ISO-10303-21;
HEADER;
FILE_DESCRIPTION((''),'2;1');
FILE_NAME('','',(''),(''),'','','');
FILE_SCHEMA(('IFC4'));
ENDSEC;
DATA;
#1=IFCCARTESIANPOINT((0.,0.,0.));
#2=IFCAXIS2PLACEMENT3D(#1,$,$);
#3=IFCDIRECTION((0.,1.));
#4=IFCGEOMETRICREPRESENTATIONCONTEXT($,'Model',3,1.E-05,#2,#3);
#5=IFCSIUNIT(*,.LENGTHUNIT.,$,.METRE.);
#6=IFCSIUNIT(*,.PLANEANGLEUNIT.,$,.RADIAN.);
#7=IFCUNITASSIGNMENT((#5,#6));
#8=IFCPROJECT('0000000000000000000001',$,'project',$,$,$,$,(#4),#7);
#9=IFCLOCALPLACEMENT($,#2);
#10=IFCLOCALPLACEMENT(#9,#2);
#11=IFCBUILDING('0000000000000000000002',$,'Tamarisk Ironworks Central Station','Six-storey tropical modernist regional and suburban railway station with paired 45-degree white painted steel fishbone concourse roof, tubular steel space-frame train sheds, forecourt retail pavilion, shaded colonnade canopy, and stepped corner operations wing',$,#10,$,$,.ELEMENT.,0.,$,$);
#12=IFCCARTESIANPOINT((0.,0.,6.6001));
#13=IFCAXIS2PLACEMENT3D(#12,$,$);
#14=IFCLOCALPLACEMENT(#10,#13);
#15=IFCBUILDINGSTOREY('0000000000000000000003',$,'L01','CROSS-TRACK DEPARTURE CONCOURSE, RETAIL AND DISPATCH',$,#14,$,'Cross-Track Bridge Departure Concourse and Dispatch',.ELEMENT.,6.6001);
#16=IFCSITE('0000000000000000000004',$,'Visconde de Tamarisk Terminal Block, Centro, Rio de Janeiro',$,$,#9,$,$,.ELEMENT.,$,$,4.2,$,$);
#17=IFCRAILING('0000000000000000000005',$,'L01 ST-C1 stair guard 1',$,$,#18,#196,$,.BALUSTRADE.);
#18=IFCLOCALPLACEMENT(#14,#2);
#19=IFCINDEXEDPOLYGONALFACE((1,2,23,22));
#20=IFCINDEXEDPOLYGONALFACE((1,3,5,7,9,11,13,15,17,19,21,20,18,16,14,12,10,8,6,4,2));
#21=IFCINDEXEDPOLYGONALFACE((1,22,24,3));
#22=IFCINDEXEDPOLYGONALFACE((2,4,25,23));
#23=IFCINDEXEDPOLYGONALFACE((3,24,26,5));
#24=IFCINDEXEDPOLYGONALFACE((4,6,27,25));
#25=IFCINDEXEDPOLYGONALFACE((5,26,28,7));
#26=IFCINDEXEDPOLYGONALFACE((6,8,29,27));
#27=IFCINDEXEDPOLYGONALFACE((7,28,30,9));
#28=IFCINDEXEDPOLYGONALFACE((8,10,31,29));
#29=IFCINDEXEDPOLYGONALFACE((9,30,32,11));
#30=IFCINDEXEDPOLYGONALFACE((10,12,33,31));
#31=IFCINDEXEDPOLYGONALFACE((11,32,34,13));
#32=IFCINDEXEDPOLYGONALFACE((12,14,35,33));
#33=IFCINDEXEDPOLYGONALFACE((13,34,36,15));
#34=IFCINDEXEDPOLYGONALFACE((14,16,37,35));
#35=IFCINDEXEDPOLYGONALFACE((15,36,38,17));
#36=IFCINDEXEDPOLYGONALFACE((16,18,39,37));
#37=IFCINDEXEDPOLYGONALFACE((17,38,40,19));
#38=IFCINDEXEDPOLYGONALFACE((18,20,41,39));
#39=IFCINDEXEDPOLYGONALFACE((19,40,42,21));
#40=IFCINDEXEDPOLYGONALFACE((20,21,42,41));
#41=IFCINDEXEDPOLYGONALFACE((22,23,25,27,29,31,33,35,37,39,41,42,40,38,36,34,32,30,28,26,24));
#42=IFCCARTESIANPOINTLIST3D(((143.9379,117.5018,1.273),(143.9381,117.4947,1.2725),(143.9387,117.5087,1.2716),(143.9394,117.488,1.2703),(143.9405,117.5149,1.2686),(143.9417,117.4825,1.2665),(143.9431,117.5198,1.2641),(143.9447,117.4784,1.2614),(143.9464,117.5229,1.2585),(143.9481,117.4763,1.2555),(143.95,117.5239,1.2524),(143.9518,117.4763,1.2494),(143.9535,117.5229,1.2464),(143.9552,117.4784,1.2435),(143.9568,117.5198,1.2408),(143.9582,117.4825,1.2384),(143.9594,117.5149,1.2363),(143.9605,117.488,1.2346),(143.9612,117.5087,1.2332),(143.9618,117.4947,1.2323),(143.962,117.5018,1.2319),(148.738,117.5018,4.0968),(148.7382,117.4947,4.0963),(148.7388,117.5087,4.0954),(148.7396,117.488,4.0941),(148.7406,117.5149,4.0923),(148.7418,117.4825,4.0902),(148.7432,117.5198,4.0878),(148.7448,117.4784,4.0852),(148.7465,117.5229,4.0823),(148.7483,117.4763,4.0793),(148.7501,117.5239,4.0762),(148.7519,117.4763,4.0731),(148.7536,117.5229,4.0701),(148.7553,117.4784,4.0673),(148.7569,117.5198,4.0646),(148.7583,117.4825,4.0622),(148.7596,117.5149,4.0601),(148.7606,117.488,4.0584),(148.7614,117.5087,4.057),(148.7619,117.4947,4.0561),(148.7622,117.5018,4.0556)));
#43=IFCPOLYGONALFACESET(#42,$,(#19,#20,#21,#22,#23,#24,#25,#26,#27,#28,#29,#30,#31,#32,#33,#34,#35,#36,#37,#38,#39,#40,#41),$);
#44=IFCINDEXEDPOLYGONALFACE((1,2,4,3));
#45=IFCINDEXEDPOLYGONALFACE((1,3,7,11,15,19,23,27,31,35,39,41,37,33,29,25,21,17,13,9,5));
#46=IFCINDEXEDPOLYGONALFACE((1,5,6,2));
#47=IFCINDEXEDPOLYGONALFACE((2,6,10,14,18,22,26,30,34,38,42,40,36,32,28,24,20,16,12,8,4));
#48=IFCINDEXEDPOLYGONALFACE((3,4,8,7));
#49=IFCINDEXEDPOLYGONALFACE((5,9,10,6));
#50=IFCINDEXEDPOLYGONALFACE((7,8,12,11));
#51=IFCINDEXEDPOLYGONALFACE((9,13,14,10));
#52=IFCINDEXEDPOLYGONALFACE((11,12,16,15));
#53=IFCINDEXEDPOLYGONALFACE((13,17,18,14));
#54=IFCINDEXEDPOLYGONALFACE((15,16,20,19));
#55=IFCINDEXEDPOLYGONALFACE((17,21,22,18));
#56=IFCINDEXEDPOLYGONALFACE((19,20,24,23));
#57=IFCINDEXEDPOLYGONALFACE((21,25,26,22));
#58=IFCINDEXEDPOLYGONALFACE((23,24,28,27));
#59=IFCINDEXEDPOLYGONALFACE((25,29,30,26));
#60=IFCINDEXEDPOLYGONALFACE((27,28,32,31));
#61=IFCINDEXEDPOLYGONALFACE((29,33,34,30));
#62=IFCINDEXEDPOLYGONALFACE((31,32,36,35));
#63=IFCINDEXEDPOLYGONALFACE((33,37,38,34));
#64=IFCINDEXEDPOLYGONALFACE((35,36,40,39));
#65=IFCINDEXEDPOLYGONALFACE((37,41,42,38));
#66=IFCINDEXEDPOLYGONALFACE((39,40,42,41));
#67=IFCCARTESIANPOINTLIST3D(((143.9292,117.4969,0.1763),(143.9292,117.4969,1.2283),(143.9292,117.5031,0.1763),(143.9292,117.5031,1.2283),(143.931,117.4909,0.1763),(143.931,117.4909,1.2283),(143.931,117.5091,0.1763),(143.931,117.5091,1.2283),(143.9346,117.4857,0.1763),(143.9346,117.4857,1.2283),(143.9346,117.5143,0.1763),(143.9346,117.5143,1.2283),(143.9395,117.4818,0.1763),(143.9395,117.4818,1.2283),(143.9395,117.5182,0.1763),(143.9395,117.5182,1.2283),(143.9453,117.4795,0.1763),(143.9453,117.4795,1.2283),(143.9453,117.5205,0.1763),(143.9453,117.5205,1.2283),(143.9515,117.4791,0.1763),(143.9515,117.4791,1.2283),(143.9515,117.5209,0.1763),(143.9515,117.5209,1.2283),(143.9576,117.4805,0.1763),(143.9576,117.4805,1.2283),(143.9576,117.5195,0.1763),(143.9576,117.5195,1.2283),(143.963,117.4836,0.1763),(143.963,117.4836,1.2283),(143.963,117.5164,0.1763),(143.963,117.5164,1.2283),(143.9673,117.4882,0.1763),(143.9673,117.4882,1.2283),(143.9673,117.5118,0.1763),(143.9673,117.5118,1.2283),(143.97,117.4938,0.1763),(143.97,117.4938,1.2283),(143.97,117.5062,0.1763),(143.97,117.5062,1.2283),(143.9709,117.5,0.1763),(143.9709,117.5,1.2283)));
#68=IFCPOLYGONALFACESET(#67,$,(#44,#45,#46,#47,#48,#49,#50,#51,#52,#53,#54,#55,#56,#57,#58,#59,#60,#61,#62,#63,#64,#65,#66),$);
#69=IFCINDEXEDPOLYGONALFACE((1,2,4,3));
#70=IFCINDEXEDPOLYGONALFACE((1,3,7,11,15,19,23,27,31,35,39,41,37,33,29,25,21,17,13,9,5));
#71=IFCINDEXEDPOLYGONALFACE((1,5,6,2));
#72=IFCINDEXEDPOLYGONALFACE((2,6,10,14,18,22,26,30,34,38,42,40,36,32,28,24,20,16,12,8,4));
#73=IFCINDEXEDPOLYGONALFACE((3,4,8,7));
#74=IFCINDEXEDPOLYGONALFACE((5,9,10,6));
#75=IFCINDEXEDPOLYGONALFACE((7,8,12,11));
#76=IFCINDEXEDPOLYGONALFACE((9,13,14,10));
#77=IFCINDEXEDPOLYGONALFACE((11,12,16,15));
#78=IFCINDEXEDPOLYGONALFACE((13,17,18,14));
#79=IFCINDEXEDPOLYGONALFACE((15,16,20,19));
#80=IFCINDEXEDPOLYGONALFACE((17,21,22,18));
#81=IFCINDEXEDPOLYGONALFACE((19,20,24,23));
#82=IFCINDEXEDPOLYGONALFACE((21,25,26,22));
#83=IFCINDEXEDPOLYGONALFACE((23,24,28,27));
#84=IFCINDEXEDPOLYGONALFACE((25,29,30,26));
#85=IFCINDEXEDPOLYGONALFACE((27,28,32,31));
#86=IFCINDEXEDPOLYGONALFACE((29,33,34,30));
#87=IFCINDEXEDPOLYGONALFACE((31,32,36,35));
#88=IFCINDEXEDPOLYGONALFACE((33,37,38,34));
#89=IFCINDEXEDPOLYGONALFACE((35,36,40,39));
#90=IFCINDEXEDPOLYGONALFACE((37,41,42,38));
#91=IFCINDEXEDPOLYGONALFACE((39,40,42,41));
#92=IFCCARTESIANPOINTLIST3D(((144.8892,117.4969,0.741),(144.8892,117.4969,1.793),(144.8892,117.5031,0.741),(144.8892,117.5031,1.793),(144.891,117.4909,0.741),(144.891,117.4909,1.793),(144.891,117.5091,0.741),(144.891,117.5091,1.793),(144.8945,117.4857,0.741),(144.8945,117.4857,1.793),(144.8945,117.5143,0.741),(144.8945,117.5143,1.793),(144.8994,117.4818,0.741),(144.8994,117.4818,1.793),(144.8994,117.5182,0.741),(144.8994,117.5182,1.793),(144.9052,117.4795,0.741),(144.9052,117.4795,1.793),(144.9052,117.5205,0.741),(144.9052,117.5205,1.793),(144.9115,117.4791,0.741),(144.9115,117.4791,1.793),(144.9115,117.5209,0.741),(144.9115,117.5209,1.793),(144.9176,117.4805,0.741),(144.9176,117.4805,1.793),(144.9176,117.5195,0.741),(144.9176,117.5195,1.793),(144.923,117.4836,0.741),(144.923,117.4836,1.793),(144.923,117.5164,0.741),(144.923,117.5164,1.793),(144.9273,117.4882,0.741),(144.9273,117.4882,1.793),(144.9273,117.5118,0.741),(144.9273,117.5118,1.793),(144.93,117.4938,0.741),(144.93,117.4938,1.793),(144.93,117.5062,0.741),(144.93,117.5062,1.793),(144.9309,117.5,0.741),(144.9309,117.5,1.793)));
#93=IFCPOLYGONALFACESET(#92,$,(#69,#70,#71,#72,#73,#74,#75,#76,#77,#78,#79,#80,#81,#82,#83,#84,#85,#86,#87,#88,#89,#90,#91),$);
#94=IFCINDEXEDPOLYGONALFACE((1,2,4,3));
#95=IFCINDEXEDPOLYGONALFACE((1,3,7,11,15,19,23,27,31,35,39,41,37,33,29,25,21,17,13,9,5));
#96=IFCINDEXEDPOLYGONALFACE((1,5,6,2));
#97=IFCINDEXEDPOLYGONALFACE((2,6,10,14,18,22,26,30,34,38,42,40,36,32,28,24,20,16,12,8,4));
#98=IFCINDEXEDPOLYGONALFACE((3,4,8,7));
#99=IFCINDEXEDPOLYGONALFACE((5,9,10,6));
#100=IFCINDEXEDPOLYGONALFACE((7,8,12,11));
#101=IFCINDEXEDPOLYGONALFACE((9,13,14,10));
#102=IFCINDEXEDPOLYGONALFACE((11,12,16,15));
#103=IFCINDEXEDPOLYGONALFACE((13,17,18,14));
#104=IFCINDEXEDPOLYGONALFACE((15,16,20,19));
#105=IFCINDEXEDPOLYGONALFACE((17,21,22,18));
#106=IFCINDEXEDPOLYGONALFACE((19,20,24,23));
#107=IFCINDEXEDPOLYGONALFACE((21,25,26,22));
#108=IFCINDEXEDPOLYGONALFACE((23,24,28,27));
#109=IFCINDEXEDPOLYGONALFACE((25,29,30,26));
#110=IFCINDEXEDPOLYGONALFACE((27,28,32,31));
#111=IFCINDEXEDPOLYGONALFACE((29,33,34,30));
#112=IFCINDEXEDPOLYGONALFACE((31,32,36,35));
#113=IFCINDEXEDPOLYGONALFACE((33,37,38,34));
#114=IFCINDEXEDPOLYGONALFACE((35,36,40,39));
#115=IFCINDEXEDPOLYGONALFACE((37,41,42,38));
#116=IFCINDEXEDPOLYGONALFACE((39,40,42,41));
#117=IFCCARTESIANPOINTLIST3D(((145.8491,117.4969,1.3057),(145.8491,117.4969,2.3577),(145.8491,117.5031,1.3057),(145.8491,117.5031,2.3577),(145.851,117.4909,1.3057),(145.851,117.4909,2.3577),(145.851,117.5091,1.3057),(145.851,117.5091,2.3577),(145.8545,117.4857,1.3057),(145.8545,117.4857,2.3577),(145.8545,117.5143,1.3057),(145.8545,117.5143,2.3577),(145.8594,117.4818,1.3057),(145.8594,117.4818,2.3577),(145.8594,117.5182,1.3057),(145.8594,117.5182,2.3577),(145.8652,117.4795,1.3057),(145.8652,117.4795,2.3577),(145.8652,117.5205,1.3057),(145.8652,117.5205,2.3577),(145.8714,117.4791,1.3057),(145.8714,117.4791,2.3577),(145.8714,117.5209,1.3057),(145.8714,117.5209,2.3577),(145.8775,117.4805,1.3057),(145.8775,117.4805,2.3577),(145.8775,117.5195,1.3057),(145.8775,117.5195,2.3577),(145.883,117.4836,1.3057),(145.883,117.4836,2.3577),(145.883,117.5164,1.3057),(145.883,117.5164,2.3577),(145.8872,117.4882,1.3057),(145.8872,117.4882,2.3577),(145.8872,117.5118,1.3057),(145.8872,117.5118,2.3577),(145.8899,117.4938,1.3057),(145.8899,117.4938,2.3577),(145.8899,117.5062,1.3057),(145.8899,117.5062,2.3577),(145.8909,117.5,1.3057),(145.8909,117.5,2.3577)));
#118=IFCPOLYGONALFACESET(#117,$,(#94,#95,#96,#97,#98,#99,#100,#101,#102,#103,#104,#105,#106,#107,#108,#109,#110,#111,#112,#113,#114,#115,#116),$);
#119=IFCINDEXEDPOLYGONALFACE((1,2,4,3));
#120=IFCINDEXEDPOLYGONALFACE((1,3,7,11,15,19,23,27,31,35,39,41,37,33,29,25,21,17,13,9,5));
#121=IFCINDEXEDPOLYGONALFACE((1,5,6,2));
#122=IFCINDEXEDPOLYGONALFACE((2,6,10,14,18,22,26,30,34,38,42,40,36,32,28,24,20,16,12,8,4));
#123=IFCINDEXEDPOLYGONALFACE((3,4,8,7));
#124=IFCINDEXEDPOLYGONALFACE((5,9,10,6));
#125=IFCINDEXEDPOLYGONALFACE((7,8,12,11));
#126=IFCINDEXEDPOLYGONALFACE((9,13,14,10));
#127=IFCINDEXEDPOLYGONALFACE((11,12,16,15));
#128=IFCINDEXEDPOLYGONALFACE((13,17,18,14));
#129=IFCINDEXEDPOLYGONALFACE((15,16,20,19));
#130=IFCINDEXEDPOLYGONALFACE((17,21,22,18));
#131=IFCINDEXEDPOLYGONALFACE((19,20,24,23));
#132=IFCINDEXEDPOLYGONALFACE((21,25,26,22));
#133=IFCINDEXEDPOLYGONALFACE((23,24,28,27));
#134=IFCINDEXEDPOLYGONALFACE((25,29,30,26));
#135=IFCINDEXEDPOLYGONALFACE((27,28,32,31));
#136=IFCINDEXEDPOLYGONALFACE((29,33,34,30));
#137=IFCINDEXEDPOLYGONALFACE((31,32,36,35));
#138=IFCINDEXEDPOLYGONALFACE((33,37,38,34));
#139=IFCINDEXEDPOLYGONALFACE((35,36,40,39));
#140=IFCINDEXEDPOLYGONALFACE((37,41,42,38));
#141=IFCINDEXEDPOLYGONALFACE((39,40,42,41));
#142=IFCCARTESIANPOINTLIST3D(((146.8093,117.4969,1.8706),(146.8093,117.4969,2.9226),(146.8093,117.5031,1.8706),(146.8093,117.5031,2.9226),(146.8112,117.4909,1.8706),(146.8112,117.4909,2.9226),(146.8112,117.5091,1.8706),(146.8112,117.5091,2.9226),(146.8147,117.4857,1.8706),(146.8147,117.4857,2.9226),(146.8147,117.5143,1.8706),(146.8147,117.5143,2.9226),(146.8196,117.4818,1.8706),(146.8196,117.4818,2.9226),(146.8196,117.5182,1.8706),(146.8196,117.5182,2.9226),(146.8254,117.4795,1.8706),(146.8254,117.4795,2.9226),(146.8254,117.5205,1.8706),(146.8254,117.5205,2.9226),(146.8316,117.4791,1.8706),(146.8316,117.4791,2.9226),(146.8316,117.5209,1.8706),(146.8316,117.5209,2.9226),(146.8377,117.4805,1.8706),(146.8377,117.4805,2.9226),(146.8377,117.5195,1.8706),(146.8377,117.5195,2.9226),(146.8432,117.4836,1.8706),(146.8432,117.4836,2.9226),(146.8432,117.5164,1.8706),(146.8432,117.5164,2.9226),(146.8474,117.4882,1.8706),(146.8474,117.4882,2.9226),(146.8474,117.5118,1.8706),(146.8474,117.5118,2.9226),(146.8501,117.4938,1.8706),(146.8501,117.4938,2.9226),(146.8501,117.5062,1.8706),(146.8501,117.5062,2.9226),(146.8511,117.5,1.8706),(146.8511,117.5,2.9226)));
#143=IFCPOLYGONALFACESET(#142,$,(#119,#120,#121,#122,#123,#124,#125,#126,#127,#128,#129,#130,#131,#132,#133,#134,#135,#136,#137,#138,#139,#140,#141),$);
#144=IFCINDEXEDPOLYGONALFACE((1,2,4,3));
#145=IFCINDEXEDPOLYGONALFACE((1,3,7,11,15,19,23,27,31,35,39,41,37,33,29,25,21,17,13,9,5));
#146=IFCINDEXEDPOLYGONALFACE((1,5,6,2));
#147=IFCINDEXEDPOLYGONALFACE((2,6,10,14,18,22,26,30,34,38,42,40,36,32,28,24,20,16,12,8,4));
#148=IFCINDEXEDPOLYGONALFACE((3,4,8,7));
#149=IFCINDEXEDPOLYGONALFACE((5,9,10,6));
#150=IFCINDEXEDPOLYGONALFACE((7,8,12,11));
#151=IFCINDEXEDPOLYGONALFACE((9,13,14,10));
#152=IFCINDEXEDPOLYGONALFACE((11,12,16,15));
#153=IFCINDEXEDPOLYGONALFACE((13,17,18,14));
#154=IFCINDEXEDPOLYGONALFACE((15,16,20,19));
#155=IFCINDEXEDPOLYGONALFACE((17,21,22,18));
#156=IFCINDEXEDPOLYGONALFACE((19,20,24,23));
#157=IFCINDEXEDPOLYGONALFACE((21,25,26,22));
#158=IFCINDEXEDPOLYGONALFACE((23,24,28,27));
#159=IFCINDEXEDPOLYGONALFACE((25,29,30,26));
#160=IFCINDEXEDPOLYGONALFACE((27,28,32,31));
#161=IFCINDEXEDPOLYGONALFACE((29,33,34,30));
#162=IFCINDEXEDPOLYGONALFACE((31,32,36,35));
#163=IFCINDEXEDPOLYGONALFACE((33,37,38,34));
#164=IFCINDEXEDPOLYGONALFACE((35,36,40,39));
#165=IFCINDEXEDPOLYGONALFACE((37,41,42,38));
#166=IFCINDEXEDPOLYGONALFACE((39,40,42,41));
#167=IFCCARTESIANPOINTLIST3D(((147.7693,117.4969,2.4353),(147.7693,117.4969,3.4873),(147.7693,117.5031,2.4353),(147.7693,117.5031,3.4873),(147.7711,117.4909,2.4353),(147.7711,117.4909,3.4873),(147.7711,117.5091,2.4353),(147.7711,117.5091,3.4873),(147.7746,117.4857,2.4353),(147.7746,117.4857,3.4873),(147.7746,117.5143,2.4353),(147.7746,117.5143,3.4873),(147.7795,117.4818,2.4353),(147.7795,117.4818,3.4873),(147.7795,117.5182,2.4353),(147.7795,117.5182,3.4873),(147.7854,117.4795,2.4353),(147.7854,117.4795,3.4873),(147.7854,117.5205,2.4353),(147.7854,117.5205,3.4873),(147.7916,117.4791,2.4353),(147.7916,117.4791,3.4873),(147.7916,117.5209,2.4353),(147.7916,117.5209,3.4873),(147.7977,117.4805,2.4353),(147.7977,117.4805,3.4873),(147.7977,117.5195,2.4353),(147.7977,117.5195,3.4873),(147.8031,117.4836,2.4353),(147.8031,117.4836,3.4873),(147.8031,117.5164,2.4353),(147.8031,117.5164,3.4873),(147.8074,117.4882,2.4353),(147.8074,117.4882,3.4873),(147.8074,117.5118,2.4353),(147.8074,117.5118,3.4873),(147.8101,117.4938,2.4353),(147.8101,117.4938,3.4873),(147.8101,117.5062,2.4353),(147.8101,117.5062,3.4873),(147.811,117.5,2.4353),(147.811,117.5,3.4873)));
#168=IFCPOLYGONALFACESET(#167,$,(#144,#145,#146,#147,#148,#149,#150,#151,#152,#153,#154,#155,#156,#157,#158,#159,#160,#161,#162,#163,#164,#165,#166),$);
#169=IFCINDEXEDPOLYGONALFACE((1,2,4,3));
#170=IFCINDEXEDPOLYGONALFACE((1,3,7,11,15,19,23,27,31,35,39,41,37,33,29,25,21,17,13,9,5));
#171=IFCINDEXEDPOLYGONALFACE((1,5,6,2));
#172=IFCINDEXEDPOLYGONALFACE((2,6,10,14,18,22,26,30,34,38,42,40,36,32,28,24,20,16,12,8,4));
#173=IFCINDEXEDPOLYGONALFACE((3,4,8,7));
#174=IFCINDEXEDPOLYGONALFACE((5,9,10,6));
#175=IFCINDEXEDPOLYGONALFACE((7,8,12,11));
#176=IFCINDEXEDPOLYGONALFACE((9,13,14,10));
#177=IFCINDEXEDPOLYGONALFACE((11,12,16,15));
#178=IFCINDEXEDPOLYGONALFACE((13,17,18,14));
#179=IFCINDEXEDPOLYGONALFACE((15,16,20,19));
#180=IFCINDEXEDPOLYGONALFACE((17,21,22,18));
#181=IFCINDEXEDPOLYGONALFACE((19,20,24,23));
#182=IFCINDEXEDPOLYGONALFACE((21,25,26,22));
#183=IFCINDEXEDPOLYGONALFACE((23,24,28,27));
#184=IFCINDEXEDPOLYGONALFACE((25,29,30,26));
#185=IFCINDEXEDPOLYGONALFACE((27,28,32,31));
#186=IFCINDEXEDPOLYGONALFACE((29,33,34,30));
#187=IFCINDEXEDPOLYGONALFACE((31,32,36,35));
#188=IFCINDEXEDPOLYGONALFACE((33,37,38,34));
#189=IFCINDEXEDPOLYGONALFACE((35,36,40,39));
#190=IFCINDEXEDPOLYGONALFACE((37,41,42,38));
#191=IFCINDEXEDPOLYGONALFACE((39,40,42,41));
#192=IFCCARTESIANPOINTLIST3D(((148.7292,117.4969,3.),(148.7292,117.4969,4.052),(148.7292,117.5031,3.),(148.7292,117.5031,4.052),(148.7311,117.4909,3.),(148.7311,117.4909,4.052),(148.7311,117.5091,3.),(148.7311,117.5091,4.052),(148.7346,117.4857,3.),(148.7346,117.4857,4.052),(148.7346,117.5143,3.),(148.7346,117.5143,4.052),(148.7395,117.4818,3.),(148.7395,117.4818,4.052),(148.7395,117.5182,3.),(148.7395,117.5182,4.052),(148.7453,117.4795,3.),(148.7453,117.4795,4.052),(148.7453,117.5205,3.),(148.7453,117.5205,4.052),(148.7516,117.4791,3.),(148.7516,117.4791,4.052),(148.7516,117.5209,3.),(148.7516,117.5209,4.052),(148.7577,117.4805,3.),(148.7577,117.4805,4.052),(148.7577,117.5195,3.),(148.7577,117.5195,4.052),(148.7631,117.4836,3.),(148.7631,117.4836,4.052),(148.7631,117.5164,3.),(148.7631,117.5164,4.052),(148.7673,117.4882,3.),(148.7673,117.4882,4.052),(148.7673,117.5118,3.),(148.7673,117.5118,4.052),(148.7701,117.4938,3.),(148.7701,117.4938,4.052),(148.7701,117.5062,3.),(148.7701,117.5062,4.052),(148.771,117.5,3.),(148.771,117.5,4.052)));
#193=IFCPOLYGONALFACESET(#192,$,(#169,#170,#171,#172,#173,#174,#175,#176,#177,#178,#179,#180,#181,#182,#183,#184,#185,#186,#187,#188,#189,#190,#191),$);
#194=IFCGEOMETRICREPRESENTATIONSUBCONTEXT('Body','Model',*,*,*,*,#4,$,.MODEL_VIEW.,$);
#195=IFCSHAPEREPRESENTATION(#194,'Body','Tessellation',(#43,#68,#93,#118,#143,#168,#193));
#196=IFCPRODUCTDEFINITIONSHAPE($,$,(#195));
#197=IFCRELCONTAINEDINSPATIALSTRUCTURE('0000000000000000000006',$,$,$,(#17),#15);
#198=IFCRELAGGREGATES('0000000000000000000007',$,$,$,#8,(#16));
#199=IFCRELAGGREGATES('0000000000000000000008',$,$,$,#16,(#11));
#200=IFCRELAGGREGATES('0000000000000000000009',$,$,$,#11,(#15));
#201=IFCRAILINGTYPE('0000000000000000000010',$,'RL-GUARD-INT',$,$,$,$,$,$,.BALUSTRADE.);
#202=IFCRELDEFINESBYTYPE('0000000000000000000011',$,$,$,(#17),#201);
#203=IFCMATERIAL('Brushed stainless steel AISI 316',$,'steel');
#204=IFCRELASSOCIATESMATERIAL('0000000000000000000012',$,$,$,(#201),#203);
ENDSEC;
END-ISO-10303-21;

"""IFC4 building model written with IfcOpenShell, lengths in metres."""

from ifc_helpers import new_model, si_unit, direction, frame, origin, origin_2d, place, context, subcontext, project, spatial, circle, extrude, material, type_object, element, save


model = new_model("IFC4")

# Units and contexts
model_context = context("Model", 3, precision=1e-05, world=origin(), true_north=direction((0.0, 1.0)))
body_context = subcontext(model_context, "Body", "Model", "MODEL_VIEW")
ifc_project = project(units=[si_unit("LENGTHUNIT", "METRE"), si_unit("PLANEANGLEUNIT", "RADIAN")], contexts=[model_context])

# Site, building, storey
site_placement = place(None, origin())
site = spatial("IfcSite", under=ifc_project, at=site_placement, Name="Visconde de Tamarisk Terminal Block, Centro, Rio de Janeiro", CompositionType="ELEMENT", RefElevation=4.2)
building_placement = place(site_placement, origin())
building = spatial("IfcBuilding", under=site, at=building_placement, Name="Tamarisk Ironworks Central Station", Description="Six-storey tropical modernist regional and suburban railway station with paired 45-degree white painted steel fishbone concourse roof, tubular steel space-frame train sheds, forecourt retail pavilion, shaded colonnade canopy, and stepped corner operations wing", CompositionType="ELEMENT", ElevationOfRefHeight=0.0)
storey_placement = place(building_placement, frame((0.0, 0.0, 6.6001)))
storey = spatial("IfcBuildingStorey", under=building, at=storey_placement, Name="L01", Description="CROSS-TRACK DEPARTURE CONCOURSE, RETAIL AND DISPATCH", LongName="Cross-Track Bridge Departure Concourse and Dispatch", CompositionType="ELEMENT", Elevation=6.6001)

# Railing
ifc_material_1 = material(Name="Brushed stainless steel AISI 316", Category="steel")
railing_type_1 = type_object("IfcRailingType", Name="RL-GUARD-INT", PredefinedType="BALUSTRADE", material=ifc_material_1)
railing_1_placement = place(storey_placement, frame((143.95, 117.5, 0.1763)))
element("IfcRailing", 1, at=railing_1_placement, inside=storey, type_object=railing_type_1, Name="L01 ST-C1 stair guard 1", PredefinedType="BALUSTRADE", context=body_context, shape_type="SweptSolid", body=[
    extrude(circle(Radius=0.0239, at=origin_2d()), frame((0.0, 0.0, 1.0762), z_axis=(0.861921, 0.0, 0.507043), x_axis=(0.0, 1.0, 0.0)), (0.0, 0.0, 1.0), 5.5691),
    extrude(circle(Radius=0.021, at=origin_2d()), origin(), (0.0, 0.0, 1.0), 1.052),
    extrude(circle(Radius=0.021, at=origin_2d()), frame((0.96, 0.0, 0.5647)), (0.0, 0.0, 1.0), 1.052),
    extrude(circle(Radius=0.021, at=origin_2d()), frame((1.9199, 0.0, 1.1294)), (0.0, 0.0, 1.0), 1.052),
    extrude(circle(Radius=0.021, at=origin_2d()), frame((2.8801, 0.0, 1.6943)), (0.0, 0.0, 1.0), 1.052),
    extrude(circle(Radius=0.021, at=origin_2d()), frame((3.8401, 0.0, 2.259)), (0.0, 0.0, 1.0), 1.052),
    extrude(circle(Radius=0.021, at=origin_2d()), frame((4.8, 0.0, 2.8237)), (0.0, 0.0, 1.0), 1.052),
])

save(model, "model.ifc")
